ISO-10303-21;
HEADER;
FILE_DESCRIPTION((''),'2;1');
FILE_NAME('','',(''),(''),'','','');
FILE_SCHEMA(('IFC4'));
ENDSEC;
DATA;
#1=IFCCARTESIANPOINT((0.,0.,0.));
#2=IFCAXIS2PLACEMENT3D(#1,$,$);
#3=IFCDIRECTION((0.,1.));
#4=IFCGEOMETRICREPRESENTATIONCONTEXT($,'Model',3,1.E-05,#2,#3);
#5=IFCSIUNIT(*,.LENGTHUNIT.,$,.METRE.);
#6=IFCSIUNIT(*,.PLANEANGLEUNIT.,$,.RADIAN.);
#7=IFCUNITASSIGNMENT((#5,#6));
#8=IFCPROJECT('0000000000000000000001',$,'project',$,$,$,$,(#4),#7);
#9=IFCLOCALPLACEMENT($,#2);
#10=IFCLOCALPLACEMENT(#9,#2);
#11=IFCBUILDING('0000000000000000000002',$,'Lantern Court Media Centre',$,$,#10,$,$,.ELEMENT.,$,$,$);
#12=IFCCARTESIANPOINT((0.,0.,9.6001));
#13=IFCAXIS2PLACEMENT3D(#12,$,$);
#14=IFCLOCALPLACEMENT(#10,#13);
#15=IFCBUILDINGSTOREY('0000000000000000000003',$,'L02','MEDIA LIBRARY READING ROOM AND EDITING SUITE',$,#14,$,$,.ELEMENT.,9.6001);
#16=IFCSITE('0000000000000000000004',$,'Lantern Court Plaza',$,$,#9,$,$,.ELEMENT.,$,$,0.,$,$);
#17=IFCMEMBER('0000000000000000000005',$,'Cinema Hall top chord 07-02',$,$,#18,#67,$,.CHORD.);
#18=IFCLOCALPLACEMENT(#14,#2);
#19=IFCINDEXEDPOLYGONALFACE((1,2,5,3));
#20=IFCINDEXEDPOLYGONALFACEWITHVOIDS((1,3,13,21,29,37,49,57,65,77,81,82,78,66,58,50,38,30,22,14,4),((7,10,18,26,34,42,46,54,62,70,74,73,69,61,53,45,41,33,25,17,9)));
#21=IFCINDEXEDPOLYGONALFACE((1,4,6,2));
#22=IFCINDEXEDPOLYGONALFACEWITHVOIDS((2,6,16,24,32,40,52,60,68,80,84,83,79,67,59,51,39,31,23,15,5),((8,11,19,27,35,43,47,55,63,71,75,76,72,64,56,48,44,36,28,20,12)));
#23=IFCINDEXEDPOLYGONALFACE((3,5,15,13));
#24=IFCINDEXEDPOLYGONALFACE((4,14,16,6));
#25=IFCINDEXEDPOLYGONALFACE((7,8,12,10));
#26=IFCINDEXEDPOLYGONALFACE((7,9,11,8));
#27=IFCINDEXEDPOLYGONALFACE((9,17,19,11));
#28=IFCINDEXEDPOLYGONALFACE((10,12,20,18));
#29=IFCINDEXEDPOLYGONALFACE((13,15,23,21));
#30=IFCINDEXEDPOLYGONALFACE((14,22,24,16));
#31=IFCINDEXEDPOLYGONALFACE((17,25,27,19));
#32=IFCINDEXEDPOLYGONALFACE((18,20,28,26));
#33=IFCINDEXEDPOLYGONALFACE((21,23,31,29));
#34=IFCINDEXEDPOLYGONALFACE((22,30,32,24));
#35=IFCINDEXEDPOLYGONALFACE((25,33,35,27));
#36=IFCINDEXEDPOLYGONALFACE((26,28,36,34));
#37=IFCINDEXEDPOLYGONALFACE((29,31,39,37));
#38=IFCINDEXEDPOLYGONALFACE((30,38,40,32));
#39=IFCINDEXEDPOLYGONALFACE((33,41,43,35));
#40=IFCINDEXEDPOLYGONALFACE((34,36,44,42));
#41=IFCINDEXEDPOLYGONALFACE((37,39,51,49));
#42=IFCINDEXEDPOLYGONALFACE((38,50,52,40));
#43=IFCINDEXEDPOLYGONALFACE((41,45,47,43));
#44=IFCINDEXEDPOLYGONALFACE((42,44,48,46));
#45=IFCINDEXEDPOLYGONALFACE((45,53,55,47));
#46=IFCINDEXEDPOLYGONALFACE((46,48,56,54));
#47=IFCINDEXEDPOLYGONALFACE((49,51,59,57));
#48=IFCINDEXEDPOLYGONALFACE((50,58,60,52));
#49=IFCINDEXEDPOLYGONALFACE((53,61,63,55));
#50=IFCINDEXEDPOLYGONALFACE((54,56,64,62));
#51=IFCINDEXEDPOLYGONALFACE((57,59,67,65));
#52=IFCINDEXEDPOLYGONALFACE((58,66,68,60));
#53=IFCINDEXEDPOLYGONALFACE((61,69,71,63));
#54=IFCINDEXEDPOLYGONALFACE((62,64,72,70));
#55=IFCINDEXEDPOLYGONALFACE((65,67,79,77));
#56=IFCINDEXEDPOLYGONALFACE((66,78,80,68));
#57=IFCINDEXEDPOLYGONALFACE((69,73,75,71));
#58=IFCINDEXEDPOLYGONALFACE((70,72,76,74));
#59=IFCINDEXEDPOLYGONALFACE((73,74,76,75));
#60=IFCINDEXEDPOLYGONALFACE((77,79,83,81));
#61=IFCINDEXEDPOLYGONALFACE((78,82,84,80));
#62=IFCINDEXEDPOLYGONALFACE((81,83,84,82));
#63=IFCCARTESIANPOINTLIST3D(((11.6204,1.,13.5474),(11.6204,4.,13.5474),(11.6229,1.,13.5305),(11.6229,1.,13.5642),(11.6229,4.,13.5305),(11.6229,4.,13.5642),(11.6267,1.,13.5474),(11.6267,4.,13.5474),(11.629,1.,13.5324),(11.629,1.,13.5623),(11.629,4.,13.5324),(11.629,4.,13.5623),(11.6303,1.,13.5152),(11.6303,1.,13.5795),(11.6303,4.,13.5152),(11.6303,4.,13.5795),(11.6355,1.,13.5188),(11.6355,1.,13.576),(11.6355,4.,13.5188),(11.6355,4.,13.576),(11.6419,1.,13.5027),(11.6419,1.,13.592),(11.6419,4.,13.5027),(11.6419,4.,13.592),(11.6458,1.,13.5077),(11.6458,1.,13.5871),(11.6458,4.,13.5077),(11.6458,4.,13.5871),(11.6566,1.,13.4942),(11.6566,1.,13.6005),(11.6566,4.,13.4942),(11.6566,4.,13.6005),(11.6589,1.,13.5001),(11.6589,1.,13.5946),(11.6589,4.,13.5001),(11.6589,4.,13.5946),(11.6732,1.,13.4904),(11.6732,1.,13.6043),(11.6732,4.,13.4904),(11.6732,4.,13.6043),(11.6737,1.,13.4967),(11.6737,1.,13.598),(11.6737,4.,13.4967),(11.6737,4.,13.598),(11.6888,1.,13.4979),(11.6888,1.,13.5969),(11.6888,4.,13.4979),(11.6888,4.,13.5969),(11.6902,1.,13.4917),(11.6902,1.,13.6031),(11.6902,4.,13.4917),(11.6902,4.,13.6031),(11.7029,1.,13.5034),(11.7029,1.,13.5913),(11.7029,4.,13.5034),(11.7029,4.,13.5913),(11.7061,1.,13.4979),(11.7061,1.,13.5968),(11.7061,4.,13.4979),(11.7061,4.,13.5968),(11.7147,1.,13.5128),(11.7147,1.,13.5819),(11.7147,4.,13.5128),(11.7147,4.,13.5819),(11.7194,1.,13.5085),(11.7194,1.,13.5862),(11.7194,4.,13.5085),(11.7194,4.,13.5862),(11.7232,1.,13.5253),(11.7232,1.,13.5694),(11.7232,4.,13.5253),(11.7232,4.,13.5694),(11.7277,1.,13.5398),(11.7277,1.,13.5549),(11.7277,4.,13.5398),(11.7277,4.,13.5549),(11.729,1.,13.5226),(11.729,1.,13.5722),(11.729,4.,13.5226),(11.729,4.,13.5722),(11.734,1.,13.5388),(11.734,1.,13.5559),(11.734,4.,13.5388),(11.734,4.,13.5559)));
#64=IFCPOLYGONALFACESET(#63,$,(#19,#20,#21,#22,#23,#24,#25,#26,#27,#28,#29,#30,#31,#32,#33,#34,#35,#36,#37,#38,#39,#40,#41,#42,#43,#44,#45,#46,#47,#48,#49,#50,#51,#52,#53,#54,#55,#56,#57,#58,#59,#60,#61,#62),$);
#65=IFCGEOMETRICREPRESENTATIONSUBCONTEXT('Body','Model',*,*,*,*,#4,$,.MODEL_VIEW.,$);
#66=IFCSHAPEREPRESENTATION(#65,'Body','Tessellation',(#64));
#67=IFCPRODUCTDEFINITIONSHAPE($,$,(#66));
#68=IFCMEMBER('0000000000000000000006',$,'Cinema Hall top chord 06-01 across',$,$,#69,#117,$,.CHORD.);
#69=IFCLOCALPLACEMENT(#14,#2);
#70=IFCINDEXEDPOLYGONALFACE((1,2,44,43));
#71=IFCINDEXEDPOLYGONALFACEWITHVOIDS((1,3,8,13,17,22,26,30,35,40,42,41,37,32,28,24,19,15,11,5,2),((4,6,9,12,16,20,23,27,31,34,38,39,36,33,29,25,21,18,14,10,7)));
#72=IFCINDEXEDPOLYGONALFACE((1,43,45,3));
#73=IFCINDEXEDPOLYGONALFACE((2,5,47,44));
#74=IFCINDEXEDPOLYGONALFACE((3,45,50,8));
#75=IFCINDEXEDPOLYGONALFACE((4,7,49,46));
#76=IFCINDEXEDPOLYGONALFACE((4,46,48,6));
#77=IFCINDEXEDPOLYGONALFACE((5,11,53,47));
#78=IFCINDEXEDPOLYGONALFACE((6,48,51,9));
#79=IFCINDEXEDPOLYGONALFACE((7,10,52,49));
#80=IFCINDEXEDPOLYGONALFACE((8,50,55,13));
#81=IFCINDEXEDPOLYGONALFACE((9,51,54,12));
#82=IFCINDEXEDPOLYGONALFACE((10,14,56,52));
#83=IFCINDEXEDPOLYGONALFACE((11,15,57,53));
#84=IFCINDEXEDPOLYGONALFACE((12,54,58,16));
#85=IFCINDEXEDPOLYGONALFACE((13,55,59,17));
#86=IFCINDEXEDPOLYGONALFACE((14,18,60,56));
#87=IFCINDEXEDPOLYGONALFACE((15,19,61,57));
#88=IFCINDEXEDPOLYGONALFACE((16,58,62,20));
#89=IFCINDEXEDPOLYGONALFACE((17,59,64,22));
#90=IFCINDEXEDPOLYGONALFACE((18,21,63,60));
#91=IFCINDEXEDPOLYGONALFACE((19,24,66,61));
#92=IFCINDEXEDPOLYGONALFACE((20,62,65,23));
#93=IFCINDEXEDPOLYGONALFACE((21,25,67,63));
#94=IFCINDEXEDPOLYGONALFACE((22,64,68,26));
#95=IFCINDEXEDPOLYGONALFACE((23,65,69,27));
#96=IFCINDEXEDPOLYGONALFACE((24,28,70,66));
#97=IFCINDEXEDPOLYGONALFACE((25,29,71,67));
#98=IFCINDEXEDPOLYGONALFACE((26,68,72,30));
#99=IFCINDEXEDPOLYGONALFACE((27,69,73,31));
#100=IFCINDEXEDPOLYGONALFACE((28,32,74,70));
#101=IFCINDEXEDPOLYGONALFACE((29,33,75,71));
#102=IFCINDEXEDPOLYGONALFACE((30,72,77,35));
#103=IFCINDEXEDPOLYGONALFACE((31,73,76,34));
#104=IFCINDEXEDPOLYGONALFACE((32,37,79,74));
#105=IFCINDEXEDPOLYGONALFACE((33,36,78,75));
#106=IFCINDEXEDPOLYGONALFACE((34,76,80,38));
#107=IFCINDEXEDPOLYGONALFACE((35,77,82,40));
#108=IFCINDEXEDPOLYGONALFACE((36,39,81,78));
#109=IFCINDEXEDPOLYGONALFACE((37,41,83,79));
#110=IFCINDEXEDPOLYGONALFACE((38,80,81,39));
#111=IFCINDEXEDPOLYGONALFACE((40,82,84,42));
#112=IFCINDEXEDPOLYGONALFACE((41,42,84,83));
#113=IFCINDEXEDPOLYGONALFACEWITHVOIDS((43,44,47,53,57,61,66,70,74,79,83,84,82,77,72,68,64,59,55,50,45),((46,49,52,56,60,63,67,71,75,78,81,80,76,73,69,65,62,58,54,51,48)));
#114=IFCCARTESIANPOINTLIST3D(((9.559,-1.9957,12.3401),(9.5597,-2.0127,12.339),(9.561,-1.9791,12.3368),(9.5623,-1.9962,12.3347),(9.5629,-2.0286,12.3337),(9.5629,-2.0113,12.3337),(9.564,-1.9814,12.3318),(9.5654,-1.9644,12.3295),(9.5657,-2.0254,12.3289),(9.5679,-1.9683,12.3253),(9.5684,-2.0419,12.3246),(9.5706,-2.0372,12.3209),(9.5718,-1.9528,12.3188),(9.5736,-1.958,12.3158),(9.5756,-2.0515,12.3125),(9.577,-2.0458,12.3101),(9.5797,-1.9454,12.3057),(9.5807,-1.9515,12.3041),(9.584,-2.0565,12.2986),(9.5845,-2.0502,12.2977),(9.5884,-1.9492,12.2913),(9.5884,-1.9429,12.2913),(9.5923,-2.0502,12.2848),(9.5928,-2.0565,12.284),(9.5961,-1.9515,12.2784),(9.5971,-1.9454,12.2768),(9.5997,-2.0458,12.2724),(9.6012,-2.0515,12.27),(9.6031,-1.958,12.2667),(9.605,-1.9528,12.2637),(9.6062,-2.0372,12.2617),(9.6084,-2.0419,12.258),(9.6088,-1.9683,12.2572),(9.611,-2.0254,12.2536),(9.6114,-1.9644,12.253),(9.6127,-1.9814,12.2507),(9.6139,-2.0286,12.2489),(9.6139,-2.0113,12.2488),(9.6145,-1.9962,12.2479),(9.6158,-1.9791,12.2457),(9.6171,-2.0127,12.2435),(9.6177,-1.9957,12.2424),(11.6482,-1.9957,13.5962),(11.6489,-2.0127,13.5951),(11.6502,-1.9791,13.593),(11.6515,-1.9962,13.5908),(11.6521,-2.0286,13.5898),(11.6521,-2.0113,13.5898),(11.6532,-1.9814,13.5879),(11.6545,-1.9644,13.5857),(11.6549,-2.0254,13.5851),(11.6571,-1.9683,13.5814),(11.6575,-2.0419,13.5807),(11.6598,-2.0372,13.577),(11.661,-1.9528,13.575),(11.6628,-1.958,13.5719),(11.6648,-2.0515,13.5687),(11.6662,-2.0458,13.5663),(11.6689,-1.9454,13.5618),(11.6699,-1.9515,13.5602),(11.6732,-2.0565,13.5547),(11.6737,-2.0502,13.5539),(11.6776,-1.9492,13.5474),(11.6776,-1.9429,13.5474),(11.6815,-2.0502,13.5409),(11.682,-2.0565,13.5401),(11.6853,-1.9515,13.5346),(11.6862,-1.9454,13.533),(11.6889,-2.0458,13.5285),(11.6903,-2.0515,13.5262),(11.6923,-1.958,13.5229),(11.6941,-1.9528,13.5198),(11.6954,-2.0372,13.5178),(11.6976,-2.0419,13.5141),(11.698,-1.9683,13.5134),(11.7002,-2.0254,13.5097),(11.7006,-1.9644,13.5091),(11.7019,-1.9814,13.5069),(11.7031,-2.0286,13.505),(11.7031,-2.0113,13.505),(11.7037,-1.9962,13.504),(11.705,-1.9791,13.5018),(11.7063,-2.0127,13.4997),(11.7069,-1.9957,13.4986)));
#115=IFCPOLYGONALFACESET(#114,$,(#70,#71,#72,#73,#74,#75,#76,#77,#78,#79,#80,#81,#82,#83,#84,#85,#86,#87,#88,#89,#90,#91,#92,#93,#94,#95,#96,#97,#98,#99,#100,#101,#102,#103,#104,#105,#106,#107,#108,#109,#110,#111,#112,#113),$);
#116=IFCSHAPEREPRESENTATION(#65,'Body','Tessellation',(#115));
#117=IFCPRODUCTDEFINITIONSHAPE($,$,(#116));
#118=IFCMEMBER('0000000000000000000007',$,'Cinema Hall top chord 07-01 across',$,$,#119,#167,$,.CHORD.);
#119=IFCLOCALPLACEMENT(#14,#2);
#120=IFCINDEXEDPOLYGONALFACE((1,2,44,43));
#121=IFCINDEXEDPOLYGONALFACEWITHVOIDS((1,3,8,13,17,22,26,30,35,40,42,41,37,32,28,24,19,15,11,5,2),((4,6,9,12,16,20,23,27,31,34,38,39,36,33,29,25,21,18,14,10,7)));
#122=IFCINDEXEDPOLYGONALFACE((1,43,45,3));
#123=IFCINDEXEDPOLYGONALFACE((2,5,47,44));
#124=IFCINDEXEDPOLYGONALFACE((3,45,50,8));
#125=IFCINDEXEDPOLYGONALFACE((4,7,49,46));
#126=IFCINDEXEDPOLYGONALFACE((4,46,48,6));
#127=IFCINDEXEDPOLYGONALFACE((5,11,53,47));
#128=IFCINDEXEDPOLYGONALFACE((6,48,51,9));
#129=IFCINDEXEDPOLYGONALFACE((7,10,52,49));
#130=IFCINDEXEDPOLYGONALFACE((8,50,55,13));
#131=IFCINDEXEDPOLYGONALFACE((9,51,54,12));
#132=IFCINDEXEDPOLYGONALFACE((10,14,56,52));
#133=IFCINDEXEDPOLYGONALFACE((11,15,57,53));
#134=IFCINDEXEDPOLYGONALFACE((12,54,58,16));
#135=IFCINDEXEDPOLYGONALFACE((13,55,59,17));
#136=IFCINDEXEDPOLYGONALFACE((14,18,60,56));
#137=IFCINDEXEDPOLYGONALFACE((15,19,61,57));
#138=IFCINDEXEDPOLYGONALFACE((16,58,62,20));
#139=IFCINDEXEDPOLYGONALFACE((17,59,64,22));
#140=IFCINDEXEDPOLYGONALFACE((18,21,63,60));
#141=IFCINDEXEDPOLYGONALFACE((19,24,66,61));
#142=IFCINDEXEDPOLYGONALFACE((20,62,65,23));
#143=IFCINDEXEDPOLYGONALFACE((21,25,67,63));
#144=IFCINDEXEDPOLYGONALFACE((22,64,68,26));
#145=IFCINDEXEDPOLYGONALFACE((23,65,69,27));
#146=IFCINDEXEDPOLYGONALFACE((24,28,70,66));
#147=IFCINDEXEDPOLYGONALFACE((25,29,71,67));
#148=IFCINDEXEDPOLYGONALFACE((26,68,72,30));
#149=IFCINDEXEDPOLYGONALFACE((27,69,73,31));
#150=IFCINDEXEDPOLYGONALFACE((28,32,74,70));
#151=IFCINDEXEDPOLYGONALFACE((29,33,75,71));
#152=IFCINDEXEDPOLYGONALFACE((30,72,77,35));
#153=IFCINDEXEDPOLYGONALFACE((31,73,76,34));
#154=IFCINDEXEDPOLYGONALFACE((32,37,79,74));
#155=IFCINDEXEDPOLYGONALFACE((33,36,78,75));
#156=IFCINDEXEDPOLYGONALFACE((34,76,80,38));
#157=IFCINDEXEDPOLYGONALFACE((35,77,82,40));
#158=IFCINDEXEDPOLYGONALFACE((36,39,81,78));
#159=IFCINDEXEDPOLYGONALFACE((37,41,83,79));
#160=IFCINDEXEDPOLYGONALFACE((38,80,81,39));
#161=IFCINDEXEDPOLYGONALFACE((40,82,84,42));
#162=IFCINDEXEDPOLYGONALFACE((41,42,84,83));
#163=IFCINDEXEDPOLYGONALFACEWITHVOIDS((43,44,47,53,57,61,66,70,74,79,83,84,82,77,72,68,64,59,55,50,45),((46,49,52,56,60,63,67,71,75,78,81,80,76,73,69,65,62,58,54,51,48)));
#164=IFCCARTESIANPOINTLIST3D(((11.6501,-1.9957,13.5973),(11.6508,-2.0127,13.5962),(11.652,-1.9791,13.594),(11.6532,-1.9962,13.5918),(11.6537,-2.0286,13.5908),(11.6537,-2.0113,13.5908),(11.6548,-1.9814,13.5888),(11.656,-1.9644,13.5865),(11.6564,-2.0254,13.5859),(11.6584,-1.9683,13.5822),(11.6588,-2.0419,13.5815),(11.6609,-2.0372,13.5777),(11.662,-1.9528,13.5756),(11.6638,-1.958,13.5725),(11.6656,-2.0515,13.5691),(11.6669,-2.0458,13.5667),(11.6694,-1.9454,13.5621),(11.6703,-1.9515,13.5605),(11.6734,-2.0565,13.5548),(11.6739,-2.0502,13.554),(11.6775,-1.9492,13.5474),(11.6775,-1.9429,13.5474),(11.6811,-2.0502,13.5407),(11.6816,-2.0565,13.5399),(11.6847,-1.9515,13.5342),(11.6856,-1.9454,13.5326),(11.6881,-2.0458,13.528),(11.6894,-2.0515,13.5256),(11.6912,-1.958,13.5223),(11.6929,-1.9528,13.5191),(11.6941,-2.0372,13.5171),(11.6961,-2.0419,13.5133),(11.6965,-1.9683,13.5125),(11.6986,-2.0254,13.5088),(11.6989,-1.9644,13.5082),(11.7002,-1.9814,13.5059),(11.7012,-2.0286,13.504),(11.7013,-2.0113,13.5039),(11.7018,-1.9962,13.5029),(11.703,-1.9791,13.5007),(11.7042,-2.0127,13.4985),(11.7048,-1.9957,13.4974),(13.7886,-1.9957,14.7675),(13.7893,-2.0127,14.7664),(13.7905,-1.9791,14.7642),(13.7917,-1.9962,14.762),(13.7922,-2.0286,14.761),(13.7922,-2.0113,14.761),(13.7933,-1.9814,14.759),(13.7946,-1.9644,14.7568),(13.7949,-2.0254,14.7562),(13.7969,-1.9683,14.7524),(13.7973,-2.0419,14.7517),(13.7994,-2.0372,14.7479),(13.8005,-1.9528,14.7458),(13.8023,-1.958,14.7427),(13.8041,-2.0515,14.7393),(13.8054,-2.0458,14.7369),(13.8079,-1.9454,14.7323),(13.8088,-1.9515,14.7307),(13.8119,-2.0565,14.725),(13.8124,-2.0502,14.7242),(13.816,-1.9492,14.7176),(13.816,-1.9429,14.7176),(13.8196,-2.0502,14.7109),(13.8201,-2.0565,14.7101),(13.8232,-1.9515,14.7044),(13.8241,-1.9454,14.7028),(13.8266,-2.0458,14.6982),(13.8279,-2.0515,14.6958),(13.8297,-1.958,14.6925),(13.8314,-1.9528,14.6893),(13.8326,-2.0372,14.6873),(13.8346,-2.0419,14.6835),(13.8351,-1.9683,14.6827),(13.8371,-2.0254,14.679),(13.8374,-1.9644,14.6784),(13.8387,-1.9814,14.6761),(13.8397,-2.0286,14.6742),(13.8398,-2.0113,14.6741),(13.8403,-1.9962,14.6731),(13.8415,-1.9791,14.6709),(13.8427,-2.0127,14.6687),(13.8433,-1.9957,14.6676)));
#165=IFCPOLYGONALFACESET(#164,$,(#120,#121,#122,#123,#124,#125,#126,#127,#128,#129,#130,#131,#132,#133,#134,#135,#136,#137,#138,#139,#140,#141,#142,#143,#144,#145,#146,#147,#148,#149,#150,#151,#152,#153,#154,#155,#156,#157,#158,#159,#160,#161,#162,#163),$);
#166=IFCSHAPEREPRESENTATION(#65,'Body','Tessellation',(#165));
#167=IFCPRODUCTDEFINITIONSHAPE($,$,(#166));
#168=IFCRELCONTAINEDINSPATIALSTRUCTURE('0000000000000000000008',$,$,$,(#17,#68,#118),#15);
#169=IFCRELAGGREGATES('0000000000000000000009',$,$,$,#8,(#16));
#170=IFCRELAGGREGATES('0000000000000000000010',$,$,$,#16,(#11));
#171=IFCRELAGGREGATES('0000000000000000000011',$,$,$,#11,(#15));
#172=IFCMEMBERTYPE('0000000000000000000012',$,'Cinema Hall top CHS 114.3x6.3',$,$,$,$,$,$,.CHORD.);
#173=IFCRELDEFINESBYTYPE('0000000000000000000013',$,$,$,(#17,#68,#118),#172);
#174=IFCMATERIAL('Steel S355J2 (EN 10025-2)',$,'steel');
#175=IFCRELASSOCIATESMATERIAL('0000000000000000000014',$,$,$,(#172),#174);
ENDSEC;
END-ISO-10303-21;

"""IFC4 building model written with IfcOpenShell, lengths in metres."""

from ifc_helpers import new_model, si_unit, direction, frame, origin, origin_2d, place, context, subcontext, project, spatial, hollow_circle, extrude, material, material_profile, profile_set, type_object, element, save


model = new_model("IFC4")

# Units and contexts
model_context = context("Model", 3, precision=1e-05, world=origin(), true_north=direction((0.0, 1.0)))
body_context = subcontext(model_context, "Body", "Model", "MODEL_VIEW")
ifc_project = project(units=[si_unit("LENGTHUNIT", "METRE"), si_unit("PLANEANGLEUNIT", "RADIAN")], contexts=[model_context])

# Site, building, storey
site_placement = place(None, origin())
site = spatial("IfcSite", under=ifc_project, at=site_placement, Name="Lantern Court Plaza", CompositionType="ELEMENT", RefElevation=0.0)
building_placement = place(site_placement, origin())
building = spatial("IfcBuilding", under=site, at=building_placement, Name="Lantern Court Media Centre", CompositionType="ELEMENT")
storey_placement = place(building_placement, frame((0.0, 0.0, 9.6001)))
storey = spatial("IfcBuildingStorey", under=building, at=storey_placement, Name="L02", Description="MEDIA LIBRARY READING ROOM AND EDITING SUITE", CompositionType="ELEMENT", Elevation=9.6001)

# Members
ifc_material = material(Name="Steel S355J2 (EN 10025-2)", Category="steel")
ifc_material_profile_1 = material_profile(ifc_material, hollow_circle(Radius=0.0571, WallThickness=0.0063, at=origin_2d()), Name="Cinema Hall top CHS 114.3x6.3")
ifc_profile_set_1 = profile_set([ifc_material_profile_1], Name="Steel S355J2 (EN 10025-2)")
member_type_1 = type_object("IfcMemberType", Name="Cinema Hall top CHS 114.3x6.3", PredefinedType="CHORD", material=ifc_profile_set_1)
for number, where, z_axis, x_axis, name in (
    (1, (11.6775, 1.0, 13.5474), (0.0, 1.0, 0.0), (-1.0, 0.0, 0.0), "Cinema Hall top chord 07-02"),
):
    element("IfcMember", number, at=place(storey_placement, frame(where, z_axis=z_axis, x_axis=x_axis)), inside=storey, type_object=member_type_1, Name=name, PredefinedType="CHORD", context=body_context, shape_type="SweptSolid", body=[
        extrude(hollow_circle(Radius=0.0571, WallThickness=0.0063, at=origin_2d()), origin(), (0.0, 0.0, 1.0), 3.0),
    ])
for number, where, z_axis, x_axis, name in (
    (2, (9.5884, -2.0, 12.2913), (0.857015, 0.0, 0.515291), (0.0, 1.0, 0.0), "Cinema Hall top chord 06-01 across"),
    (3, (11.6775, -2.0, 13.5474), (0.877248, 0.0, 0.480038), (0.0, 1.0, 0.0), "Cinema Hall top chord 07-01 across"),
):
    element("IfcMember", number, at=place(storey_placement, frame(where, z_axis=z_axis, x_axis=x_axis)), inside=storey, type_object=member_type_1, Name=name, PredefinedType="CHORD", context=body_context, shape_type="SweptSolid", body=[
        extrude(hollow_circle(Radius=0.0571, WallThickness=0.0063, at=origin_2d()), origin(), (0.0, 0.0, 1.0), 2.4377),
    ])

save(model, "model.ifc")
